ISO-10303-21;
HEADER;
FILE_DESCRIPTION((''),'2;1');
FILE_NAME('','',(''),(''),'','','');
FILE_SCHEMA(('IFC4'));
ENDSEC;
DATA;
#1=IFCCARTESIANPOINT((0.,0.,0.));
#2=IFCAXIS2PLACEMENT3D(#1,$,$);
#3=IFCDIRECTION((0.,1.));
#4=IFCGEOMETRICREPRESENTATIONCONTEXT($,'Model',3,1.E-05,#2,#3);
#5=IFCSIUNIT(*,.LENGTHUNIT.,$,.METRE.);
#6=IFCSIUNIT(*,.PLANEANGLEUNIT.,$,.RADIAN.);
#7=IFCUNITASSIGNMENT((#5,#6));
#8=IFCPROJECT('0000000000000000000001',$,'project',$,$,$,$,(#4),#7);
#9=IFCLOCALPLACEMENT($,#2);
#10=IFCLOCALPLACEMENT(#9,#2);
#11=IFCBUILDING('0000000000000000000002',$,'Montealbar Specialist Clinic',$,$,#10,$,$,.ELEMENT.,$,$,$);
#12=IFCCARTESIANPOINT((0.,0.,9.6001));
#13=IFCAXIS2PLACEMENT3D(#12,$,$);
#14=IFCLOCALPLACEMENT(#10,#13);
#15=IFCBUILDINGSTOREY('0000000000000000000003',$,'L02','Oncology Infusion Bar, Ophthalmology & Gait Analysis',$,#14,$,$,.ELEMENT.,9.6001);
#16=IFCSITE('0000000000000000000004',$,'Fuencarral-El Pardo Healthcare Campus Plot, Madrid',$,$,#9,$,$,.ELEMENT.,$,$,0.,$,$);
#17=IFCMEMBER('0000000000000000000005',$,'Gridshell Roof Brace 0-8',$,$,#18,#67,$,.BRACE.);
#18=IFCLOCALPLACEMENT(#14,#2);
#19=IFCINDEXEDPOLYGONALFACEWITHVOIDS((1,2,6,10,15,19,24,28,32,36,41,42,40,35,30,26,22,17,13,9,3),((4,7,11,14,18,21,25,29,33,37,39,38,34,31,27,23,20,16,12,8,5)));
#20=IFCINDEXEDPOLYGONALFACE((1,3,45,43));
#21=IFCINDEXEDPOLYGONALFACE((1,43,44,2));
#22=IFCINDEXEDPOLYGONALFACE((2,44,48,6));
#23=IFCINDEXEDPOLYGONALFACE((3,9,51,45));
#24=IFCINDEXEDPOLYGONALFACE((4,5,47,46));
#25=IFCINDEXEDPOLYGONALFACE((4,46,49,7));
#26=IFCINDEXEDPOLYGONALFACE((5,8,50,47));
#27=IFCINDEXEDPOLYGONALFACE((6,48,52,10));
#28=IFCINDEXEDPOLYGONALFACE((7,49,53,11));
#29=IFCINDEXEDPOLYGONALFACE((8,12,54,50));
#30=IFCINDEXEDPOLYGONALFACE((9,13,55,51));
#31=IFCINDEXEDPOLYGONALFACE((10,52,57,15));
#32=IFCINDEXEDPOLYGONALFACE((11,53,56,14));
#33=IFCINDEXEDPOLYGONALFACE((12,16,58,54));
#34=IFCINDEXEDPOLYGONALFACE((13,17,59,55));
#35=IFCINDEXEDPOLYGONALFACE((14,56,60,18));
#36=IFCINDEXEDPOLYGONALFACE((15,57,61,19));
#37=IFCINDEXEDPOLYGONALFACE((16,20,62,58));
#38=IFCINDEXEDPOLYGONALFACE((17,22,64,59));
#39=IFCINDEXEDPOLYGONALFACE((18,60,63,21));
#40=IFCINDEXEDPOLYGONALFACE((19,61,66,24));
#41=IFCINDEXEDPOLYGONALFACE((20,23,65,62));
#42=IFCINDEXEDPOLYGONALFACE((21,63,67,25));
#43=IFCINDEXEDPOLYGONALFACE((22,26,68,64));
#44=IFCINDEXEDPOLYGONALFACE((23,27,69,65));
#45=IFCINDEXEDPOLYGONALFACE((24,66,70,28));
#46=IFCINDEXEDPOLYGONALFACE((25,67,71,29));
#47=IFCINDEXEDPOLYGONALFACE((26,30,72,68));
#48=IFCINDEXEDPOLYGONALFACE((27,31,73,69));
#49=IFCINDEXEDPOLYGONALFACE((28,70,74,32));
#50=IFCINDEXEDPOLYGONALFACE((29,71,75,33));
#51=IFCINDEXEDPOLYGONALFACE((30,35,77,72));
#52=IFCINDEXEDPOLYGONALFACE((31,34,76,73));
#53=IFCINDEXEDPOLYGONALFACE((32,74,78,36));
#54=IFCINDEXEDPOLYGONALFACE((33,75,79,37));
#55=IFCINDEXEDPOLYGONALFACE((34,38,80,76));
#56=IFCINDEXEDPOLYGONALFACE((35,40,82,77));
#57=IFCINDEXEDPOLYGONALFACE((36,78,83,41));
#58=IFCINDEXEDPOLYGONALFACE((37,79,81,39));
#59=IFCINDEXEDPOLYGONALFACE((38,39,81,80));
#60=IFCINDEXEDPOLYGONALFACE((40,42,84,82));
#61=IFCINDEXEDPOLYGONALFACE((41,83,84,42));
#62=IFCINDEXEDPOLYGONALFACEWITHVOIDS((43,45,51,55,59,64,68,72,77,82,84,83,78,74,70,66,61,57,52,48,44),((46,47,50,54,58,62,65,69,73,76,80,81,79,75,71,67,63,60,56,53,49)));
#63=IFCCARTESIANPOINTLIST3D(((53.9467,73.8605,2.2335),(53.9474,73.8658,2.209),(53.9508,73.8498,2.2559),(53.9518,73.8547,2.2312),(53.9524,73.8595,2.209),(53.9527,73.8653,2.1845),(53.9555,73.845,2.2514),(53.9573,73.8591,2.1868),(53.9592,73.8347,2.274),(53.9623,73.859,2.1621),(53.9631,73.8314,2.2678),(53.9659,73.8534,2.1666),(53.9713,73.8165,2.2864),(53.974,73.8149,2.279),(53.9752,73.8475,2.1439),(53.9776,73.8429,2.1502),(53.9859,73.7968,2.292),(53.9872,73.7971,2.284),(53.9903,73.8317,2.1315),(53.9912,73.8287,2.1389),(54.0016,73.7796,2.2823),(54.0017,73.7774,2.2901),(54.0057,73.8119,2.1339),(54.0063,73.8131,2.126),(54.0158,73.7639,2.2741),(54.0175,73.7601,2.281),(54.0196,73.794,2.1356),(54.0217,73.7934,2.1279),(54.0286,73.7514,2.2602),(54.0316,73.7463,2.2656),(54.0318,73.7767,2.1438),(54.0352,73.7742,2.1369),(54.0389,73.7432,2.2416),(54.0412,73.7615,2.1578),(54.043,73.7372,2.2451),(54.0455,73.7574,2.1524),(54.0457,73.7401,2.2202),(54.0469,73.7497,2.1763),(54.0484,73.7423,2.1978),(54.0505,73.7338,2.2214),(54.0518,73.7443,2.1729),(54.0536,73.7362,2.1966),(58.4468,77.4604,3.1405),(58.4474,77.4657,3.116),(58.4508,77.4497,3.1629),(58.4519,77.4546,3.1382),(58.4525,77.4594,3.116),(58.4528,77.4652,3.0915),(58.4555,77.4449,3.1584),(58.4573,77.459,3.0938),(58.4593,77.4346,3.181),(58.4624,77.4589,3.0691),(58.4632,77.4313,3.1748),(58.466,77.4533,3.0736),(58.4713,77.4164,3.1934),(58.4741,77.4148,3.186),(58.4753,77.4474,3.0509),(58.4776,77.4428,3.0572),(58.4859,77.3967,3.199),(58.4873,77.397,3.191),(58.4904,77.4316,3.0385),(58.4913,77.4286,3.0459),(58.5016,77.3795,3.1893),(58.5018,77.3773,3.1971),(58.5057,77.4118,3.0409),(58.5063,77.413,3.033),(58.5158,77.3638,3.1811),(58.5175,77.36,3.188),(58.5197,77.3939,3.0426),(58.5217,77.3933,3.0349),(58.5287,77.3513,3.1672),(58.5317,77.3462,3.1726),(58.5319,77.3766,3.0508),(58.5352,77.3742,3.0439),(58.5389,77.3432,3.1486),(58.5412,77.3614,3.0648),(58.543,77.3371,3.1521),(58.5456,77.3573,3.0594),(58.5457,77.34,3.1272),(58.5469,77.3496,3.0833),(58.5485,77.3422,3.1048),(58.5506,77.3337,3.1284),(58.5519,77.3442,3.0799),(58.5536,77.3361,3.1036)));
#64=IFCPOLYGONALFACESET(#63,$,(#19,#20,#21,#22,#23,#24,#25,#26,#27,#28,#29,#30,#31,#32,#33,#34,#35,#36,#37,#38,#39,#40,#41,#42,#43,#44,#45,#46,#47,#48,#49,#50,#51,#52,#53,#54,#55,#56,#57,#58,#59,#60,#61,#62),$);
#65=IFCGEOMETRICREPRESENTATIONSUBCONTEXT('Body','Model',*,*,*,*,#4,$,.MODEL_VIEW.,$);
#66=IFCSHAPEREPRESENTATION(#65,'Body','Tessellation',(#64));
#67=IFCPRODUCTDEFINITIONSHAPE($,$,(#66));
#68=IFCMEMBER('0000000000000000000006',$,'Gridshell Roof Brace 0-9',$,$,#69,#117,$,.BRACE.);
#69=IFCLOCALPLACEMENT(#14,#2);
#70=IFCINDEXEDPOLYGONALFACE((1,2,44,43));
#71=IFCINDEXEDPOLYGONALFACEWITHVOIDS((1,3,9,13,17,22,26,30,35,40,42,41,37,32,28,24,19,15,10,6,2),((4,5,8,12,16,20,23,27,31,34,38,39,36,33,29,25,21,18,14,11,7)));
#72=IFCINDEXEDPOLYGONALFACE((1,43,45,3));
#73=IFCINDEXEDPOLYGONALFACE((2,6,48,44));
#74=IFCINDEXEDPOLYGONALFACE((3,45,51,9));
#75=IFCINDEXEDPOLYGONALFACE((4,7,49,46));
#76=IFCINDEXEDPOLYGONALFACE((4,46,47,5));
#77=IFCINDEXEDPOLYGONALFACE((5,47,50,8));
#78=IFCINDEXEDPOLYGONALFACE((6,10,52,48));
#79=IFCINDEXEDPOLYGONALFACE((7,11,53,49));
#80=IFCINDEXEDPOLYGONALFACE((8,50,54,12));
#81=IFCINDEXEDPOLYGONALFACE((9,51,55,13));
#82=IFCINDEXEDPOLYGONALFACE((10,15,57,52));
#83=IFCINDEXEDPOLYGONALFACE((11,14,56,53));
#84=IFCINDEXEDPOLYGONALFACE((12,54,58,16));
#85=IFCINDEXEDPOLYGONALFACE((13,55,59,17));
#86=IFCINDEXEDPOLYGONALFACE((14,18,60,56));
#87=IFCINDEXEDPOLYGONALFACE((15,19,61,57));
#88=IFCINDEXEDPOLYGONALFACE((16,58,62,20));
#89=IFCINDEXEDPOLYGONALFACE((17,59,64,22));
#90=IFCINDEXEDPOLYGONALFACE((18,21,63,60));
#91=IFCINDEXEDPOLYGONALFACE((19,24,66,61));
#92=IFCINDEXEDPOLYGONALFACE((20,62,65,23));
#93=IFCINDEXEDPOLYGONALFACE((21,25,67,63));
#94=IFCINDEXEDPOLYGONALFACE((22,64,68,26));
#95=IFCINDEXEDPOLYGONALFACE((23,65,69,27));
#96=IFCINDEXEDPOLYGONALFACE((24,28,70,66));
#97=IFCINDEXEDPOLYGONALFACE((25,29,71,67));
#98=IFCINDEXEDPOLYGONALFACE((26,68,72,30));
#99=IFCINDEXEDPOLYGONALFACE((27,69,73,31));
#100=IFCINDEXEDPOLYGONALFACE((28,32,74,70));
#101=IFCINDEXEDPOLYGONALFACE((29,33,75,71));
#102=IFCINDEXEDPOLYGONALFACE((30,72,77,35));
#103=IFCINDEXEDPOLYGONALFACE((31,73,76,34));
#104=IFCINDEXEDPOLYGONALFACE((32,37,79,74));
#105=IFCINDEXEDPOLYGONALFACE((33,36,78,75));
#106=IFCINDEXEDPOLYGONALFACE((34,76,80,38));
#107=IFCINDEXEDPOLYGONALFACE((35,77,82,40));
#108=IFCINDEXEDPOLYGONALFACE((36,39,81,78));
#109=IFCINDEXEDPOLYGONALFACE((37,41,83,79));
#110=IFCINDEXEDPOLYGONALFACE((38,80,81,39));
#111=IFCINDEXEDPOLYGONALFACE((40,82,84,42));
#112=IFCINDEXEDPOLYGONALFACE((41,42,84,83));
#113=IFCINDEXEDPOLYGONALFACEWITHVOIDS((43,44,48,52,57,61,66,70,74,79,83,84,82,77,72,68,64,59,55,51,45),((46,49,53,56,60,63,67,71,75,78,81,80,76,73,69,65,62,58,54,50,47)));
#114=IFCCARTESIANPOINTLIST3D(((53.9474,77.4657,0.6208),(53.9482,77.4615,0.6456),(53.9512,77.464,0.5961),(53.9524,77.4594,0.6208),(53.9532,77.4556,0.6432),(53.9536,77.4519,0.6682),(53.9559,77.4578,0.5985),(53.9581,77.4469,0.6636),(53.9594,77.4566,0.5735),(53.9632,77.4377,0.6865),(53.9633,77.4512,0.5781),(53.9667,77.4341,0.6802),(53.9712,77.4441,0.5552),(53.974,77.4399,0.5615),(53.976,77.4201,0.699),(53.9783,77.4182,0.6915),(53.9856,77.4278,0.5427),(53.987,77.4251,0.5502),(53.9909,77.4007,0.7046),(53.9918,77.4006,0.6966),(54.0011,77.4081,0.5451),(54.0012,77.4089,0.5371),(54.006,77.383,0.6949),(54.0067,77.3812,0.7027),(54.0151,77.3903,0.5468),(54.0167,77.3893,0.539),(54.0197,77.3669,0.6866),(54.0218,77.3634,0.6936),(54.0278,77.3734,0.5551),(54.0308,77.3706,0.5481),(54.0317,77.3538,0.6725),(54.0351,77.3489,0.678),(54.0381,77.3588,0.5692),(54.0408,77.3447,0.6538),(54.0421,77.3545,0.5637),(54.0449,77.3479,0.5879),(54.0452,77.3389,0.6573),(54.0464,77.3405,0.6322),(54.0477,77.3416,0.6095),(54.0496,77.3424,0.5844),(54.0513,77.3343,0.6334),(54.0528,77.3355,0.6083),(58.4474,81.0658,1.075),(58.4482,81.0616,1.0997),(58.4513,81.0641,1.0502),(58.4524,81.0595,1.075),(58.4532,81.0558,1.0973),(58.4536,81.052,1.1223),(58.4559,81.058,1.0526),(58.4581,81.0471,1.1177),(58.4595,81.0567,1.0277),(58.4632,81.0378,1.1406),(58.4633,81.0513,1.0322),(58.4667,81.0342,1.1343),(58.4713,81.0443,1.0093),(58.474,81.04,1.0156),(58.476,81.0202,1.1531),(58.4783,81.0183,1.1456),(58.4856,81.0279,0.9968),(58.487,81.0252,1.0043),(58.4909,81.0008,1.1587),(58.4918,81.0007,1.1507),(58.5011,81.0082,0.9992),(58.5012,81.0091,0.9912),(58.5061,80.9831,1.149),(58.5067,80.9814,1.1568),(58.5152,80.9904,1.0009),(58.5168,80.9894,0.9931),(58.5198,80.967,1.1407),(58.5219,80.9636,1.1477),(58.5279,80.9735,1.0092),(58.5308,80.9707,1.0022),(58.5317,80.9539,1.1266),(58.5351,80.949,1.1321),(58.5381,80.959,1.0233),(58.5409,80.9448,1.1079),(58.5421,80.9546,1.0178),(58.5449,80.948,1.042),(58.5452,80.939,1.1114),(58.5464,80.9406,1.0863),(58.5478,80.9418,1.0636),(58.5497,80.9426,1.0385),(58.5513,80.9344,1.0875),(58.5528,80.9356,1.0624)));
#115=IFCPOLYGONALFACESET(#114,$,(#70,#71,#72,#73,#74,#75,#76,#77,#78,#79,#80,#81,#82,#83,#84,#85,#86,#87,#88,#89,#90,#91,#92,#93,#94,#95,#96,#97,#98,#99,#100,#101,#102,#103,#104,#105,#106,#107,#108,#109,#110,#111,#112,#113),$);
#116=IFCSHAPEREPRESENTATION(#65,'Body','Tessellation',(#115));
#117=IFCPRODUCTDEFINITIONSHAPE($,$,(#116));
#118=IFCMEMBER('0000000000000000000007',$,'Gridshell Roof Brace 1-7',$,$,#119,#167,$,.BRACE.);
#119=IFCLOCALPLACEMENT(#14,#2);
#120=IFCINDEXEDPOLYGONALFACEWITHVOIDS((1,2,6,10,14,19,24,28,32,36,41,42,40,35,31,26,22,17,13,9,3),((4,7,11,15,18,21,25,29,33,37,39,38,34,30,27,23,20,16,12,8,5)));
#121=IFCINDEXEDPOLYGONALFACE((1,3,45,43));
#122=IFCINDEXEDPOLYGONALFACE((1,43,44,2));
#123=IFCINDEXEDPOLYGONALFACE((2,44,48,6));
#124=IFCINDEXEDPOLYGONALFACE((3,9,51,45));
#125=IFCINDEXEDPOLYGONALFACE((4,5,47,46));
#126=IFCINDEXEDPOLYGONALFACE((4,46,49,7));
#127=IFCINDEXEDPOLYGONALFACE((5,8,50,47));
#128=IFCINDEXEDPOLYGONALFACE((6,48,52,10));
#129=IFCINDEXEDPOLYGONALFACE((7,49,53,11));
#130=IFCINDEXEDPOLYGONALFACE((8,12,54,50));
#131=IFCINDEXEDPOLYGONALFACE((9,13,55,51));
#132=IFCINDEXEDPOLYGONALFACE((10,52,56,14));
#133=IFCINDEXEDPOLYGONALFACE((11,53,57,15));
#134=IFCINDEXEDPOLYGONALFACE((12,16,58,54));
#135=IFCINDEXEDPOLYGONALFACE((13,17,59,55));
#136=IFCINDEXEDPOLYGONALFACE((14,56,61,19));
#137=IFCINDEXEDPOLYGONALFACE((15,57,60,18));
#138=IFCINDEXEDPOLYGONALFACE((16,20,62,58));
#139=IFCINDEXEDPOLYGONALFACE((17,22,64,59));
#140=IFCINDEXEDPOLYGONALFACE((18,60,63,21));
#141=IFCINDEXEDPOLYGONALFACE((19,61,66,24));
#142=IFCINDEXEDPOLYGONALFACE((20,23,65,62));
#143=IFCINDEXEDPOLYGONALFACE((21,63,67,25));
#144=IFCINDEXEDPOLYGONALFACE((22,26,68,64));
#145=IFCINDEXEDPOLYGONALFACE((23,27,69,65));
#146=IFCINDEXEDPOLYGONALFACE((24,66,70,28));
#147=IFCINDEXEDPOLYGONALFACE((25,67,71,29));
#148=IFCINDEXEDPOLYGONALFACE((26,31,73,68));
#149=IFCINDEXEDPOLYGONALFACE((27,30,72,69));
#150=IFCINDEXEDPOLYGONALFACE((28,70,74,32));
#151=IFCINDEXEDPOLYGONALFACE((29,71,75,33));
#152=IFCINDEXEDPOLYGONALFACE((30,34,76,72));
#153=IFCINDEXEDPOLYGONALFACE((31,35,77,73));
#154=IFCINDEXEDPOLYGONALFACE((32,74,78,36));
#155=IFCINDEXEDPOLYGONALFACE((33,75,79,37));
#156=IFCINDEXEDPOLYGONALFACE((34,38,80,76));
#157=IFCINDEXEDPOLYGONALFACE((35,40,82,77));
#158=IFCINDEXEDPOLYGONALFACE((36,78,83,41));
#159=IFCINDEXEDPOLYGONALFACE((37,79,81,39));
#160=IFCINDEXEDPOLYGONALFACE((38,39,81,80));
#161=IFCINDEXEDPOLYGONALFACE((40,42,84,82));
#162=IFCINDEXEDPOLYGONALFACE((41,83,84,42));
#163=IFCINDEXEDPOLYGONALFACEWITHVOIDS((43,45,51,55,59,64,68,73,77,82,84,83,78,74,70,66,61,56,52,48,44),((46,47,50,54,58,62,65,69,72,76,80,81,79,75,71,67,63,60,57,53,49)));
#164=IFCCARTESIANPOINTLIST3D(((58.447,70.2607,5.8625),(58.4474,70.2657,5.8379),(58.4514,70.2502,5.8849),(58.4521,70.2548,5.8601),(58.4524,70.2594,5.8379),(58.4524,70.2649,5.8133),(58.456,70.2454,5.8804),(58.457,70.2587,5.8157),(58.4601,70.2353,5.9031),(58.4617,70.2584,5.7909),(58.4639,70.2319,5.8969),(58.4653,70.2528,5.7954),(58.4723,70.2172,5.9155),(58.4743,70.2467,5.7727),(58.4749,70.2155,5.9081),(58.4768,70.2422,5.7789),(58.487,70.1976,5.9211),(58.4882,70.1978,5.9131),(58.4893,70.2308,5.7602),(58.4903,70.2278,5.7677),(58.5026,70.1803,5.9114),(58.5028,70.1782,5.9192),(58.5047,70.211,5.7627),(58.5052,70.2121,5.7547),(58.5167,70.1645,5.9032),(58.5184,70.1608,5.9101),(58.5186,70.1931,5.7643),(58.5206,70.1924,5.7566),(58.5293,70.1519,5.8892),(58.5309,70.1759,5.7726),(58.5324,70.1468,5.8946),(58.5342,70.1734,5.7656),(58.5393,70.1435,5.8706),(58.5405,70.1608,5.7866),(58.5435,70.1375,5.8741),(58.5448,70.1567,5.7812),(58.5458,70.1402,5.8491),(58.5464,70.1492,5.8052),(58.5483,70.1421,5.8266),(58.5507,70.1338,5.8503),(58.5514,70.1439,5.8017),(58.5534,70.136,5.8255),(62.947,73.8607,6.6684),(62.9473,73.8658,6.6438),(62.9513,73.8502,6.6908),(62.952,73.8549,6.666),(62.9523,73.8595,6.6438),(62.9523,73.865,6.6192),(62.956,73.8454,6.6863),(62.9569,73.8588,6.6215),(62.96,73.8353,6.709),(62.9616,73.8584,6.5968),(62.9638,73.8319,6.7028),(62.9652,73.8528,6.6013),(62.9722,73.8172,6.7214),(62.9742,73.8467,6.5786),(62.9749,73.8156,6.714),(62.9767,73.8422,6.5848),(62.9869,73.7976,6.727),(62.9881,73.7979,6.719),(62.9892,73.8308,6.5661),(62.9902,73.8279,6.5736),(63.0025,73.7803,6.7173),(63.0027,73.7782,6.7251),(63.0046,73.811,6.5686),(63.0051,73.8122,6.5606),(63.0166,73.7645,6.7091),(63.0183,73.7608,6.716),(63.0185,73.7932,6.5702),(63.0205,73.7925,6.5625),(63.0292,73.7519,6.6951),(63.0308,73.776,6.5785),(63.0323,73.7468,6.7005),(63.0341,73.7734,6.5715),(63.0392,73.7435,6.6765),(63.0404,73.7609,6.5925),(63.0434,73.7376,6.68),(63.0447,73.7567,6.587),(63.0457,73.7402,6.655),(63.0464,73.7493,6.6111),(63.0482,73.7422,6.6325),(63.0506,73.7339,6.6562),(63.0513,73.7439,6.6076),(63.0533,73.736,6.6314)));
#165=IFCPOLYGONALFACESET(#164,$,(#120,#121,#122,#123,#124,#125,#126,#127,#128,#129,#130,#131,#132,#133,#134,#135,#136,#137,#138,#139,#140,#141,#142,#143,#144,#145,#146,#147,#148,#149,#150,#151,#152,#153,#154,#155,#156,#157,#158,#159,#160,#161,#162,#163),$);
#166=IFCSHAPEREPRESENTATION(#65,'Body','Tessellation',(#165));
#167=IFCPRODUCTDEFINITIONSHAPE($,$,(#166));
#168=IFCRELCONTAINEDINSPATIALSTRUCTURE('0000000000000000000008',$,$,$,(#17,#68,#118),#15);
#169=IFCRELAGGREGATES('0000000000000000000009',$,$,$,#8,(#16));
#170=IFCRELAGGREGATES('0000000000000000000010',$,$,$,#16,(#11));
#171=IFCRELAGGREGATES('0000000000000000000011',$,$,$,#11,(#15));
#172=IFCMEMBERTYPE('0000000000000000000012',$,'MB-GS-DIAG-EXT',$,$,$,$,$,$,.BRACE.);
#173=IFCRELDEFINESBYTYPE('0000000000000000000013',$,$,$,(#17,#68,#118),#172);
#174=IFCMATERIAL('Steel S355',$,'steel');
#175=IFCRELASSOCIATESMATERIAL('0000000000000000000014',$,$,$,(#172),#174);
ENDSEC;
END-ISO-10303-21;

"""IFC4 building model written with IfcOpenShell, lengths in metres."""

from ifc_helpers import new_model, si_unit, direction, frame, origin, origin_2d, place, context, subcontext, project, spatial, hollow_circle, extrude, material, material_profile, profile_set, type_object, element, save


model = new_model("IFC4")

# Units and contexts
model_context = context("Model", 3, precision=1e-05, world=origin(), true_north=direction((0.0, 1.0)))
body_context = subcontext(model_context, "Body", "Model", "MODEL_VIEW")
ifc_project = project(units=[si_unit("LENGTHUNIT", "METRE"), si_unit("PLANEANGLEUNIT", "RADIAN")], contexts=[model_context])

# Site, building, storey
site_placement = place(None, origin())
site = spatial("IfcSite", under=ifc_project, at=site_placement, Name="Fuencarral-El Pardo Healthcare Campus Plot, Madrid", CompositionType="ELEMENT", RefElevation=0.0)
building_placement = place(site_placement, origin())
building = spatial("IfcBuilding", under=site, at=building_placement, Name="Montealbar Specialist Clinic", CompositionType="ELEMENT")
storey_placement = place(building_placement, frame((0.0, 0.0, 9.6001)))
storey = spatial("IfcBuildingStorey", under=building, at=storey_placement, Name="L02", Description="Oncology Infusion Bar, Ophthalmology & Gait Analysis", CompositionType="ELEMENT", Elevation=9.6001)

# Shared definitions
ifc_material_1 = material(Name="Steel S355", Category="steel")

# Members
ifc_material_profile_1 = material_profile(ifc_material_1, hollow_circle(Radius=0.0842, WallThickness=0.0081, at=origin_2d()), Name="CHS 168.3x8.0", Category="steel")
ifc_profile_set_1 = profile_set([ifc_material_profile_1], Name="Steel S355")
member_type_1 = type_object("IfcMemberType", Name="MB-GS-DIAG-EXT", PredefinedType="BRACE", material=ifc_profile_set_1)
member_1_placement = place(storey_placement, frame((54.0, 73.8, 2.209), z_axis=(0.771386, 0.617083, 0.155474), x_axis=(-0.62468, 0.780881, 0.0)))
element("IfcMember", 1, at=member_1_placement, inside=storey, type_object=member_type_1, Name="Gridshell Roof Brace 0-8", PredefinedType="BRACE", context=body_context, shape_type="SweptSolid", body=[
    extrude(hollow_circle(Radius=0.0842, WallThickness=0.0081, at=origin_2d()), origin(), (0.0, 0.0, 1.0), 5.8337),
])
member_2_placement = place(storey_placement, frame((54.0, 77.3999, 0.6208), z_axis=(0.778448, 0.622775, 0.078554), x_axis=(-0.624705, 0.780861, 0.0)))
element("IfcMember", 2, at=member_2_placement, inside=storey, type_object=member_type_1, Name="Gridshell Roof Brace 0-9", PredefinedType="BRACE", context=body_context, shape_type="SweptSolid", body=[
    extrude(hollow_circle(Radius=0.0842, WallThickness=0.0081, at=origin_2d()), origin(), (0.0, 0.0, 1.0), 5.7808),
])
member_3_placement = place(storey_placement, frame((58.5, 70.2, 5.8379), z_axis=(0.773335, 0.618685, 0.138497), x_axis=(-0.624705, 0.780861, 0.0)))
element("IfcMember", 3, at=member_3_placement, inside=storey, type_object=member_type_1, Name="Gridshell Roof Brace 1-7", PredefinedType="BRACE", context=body_context, shape_type="SweptSolid", body=[
    extrude(hollow_circle(Radius=0.0842, WallThickness=0.0081, at=origin_2d()), origin(), (0.0, 0.0, 1.0), 5.8188),
])

save(model, "model.ifc")
